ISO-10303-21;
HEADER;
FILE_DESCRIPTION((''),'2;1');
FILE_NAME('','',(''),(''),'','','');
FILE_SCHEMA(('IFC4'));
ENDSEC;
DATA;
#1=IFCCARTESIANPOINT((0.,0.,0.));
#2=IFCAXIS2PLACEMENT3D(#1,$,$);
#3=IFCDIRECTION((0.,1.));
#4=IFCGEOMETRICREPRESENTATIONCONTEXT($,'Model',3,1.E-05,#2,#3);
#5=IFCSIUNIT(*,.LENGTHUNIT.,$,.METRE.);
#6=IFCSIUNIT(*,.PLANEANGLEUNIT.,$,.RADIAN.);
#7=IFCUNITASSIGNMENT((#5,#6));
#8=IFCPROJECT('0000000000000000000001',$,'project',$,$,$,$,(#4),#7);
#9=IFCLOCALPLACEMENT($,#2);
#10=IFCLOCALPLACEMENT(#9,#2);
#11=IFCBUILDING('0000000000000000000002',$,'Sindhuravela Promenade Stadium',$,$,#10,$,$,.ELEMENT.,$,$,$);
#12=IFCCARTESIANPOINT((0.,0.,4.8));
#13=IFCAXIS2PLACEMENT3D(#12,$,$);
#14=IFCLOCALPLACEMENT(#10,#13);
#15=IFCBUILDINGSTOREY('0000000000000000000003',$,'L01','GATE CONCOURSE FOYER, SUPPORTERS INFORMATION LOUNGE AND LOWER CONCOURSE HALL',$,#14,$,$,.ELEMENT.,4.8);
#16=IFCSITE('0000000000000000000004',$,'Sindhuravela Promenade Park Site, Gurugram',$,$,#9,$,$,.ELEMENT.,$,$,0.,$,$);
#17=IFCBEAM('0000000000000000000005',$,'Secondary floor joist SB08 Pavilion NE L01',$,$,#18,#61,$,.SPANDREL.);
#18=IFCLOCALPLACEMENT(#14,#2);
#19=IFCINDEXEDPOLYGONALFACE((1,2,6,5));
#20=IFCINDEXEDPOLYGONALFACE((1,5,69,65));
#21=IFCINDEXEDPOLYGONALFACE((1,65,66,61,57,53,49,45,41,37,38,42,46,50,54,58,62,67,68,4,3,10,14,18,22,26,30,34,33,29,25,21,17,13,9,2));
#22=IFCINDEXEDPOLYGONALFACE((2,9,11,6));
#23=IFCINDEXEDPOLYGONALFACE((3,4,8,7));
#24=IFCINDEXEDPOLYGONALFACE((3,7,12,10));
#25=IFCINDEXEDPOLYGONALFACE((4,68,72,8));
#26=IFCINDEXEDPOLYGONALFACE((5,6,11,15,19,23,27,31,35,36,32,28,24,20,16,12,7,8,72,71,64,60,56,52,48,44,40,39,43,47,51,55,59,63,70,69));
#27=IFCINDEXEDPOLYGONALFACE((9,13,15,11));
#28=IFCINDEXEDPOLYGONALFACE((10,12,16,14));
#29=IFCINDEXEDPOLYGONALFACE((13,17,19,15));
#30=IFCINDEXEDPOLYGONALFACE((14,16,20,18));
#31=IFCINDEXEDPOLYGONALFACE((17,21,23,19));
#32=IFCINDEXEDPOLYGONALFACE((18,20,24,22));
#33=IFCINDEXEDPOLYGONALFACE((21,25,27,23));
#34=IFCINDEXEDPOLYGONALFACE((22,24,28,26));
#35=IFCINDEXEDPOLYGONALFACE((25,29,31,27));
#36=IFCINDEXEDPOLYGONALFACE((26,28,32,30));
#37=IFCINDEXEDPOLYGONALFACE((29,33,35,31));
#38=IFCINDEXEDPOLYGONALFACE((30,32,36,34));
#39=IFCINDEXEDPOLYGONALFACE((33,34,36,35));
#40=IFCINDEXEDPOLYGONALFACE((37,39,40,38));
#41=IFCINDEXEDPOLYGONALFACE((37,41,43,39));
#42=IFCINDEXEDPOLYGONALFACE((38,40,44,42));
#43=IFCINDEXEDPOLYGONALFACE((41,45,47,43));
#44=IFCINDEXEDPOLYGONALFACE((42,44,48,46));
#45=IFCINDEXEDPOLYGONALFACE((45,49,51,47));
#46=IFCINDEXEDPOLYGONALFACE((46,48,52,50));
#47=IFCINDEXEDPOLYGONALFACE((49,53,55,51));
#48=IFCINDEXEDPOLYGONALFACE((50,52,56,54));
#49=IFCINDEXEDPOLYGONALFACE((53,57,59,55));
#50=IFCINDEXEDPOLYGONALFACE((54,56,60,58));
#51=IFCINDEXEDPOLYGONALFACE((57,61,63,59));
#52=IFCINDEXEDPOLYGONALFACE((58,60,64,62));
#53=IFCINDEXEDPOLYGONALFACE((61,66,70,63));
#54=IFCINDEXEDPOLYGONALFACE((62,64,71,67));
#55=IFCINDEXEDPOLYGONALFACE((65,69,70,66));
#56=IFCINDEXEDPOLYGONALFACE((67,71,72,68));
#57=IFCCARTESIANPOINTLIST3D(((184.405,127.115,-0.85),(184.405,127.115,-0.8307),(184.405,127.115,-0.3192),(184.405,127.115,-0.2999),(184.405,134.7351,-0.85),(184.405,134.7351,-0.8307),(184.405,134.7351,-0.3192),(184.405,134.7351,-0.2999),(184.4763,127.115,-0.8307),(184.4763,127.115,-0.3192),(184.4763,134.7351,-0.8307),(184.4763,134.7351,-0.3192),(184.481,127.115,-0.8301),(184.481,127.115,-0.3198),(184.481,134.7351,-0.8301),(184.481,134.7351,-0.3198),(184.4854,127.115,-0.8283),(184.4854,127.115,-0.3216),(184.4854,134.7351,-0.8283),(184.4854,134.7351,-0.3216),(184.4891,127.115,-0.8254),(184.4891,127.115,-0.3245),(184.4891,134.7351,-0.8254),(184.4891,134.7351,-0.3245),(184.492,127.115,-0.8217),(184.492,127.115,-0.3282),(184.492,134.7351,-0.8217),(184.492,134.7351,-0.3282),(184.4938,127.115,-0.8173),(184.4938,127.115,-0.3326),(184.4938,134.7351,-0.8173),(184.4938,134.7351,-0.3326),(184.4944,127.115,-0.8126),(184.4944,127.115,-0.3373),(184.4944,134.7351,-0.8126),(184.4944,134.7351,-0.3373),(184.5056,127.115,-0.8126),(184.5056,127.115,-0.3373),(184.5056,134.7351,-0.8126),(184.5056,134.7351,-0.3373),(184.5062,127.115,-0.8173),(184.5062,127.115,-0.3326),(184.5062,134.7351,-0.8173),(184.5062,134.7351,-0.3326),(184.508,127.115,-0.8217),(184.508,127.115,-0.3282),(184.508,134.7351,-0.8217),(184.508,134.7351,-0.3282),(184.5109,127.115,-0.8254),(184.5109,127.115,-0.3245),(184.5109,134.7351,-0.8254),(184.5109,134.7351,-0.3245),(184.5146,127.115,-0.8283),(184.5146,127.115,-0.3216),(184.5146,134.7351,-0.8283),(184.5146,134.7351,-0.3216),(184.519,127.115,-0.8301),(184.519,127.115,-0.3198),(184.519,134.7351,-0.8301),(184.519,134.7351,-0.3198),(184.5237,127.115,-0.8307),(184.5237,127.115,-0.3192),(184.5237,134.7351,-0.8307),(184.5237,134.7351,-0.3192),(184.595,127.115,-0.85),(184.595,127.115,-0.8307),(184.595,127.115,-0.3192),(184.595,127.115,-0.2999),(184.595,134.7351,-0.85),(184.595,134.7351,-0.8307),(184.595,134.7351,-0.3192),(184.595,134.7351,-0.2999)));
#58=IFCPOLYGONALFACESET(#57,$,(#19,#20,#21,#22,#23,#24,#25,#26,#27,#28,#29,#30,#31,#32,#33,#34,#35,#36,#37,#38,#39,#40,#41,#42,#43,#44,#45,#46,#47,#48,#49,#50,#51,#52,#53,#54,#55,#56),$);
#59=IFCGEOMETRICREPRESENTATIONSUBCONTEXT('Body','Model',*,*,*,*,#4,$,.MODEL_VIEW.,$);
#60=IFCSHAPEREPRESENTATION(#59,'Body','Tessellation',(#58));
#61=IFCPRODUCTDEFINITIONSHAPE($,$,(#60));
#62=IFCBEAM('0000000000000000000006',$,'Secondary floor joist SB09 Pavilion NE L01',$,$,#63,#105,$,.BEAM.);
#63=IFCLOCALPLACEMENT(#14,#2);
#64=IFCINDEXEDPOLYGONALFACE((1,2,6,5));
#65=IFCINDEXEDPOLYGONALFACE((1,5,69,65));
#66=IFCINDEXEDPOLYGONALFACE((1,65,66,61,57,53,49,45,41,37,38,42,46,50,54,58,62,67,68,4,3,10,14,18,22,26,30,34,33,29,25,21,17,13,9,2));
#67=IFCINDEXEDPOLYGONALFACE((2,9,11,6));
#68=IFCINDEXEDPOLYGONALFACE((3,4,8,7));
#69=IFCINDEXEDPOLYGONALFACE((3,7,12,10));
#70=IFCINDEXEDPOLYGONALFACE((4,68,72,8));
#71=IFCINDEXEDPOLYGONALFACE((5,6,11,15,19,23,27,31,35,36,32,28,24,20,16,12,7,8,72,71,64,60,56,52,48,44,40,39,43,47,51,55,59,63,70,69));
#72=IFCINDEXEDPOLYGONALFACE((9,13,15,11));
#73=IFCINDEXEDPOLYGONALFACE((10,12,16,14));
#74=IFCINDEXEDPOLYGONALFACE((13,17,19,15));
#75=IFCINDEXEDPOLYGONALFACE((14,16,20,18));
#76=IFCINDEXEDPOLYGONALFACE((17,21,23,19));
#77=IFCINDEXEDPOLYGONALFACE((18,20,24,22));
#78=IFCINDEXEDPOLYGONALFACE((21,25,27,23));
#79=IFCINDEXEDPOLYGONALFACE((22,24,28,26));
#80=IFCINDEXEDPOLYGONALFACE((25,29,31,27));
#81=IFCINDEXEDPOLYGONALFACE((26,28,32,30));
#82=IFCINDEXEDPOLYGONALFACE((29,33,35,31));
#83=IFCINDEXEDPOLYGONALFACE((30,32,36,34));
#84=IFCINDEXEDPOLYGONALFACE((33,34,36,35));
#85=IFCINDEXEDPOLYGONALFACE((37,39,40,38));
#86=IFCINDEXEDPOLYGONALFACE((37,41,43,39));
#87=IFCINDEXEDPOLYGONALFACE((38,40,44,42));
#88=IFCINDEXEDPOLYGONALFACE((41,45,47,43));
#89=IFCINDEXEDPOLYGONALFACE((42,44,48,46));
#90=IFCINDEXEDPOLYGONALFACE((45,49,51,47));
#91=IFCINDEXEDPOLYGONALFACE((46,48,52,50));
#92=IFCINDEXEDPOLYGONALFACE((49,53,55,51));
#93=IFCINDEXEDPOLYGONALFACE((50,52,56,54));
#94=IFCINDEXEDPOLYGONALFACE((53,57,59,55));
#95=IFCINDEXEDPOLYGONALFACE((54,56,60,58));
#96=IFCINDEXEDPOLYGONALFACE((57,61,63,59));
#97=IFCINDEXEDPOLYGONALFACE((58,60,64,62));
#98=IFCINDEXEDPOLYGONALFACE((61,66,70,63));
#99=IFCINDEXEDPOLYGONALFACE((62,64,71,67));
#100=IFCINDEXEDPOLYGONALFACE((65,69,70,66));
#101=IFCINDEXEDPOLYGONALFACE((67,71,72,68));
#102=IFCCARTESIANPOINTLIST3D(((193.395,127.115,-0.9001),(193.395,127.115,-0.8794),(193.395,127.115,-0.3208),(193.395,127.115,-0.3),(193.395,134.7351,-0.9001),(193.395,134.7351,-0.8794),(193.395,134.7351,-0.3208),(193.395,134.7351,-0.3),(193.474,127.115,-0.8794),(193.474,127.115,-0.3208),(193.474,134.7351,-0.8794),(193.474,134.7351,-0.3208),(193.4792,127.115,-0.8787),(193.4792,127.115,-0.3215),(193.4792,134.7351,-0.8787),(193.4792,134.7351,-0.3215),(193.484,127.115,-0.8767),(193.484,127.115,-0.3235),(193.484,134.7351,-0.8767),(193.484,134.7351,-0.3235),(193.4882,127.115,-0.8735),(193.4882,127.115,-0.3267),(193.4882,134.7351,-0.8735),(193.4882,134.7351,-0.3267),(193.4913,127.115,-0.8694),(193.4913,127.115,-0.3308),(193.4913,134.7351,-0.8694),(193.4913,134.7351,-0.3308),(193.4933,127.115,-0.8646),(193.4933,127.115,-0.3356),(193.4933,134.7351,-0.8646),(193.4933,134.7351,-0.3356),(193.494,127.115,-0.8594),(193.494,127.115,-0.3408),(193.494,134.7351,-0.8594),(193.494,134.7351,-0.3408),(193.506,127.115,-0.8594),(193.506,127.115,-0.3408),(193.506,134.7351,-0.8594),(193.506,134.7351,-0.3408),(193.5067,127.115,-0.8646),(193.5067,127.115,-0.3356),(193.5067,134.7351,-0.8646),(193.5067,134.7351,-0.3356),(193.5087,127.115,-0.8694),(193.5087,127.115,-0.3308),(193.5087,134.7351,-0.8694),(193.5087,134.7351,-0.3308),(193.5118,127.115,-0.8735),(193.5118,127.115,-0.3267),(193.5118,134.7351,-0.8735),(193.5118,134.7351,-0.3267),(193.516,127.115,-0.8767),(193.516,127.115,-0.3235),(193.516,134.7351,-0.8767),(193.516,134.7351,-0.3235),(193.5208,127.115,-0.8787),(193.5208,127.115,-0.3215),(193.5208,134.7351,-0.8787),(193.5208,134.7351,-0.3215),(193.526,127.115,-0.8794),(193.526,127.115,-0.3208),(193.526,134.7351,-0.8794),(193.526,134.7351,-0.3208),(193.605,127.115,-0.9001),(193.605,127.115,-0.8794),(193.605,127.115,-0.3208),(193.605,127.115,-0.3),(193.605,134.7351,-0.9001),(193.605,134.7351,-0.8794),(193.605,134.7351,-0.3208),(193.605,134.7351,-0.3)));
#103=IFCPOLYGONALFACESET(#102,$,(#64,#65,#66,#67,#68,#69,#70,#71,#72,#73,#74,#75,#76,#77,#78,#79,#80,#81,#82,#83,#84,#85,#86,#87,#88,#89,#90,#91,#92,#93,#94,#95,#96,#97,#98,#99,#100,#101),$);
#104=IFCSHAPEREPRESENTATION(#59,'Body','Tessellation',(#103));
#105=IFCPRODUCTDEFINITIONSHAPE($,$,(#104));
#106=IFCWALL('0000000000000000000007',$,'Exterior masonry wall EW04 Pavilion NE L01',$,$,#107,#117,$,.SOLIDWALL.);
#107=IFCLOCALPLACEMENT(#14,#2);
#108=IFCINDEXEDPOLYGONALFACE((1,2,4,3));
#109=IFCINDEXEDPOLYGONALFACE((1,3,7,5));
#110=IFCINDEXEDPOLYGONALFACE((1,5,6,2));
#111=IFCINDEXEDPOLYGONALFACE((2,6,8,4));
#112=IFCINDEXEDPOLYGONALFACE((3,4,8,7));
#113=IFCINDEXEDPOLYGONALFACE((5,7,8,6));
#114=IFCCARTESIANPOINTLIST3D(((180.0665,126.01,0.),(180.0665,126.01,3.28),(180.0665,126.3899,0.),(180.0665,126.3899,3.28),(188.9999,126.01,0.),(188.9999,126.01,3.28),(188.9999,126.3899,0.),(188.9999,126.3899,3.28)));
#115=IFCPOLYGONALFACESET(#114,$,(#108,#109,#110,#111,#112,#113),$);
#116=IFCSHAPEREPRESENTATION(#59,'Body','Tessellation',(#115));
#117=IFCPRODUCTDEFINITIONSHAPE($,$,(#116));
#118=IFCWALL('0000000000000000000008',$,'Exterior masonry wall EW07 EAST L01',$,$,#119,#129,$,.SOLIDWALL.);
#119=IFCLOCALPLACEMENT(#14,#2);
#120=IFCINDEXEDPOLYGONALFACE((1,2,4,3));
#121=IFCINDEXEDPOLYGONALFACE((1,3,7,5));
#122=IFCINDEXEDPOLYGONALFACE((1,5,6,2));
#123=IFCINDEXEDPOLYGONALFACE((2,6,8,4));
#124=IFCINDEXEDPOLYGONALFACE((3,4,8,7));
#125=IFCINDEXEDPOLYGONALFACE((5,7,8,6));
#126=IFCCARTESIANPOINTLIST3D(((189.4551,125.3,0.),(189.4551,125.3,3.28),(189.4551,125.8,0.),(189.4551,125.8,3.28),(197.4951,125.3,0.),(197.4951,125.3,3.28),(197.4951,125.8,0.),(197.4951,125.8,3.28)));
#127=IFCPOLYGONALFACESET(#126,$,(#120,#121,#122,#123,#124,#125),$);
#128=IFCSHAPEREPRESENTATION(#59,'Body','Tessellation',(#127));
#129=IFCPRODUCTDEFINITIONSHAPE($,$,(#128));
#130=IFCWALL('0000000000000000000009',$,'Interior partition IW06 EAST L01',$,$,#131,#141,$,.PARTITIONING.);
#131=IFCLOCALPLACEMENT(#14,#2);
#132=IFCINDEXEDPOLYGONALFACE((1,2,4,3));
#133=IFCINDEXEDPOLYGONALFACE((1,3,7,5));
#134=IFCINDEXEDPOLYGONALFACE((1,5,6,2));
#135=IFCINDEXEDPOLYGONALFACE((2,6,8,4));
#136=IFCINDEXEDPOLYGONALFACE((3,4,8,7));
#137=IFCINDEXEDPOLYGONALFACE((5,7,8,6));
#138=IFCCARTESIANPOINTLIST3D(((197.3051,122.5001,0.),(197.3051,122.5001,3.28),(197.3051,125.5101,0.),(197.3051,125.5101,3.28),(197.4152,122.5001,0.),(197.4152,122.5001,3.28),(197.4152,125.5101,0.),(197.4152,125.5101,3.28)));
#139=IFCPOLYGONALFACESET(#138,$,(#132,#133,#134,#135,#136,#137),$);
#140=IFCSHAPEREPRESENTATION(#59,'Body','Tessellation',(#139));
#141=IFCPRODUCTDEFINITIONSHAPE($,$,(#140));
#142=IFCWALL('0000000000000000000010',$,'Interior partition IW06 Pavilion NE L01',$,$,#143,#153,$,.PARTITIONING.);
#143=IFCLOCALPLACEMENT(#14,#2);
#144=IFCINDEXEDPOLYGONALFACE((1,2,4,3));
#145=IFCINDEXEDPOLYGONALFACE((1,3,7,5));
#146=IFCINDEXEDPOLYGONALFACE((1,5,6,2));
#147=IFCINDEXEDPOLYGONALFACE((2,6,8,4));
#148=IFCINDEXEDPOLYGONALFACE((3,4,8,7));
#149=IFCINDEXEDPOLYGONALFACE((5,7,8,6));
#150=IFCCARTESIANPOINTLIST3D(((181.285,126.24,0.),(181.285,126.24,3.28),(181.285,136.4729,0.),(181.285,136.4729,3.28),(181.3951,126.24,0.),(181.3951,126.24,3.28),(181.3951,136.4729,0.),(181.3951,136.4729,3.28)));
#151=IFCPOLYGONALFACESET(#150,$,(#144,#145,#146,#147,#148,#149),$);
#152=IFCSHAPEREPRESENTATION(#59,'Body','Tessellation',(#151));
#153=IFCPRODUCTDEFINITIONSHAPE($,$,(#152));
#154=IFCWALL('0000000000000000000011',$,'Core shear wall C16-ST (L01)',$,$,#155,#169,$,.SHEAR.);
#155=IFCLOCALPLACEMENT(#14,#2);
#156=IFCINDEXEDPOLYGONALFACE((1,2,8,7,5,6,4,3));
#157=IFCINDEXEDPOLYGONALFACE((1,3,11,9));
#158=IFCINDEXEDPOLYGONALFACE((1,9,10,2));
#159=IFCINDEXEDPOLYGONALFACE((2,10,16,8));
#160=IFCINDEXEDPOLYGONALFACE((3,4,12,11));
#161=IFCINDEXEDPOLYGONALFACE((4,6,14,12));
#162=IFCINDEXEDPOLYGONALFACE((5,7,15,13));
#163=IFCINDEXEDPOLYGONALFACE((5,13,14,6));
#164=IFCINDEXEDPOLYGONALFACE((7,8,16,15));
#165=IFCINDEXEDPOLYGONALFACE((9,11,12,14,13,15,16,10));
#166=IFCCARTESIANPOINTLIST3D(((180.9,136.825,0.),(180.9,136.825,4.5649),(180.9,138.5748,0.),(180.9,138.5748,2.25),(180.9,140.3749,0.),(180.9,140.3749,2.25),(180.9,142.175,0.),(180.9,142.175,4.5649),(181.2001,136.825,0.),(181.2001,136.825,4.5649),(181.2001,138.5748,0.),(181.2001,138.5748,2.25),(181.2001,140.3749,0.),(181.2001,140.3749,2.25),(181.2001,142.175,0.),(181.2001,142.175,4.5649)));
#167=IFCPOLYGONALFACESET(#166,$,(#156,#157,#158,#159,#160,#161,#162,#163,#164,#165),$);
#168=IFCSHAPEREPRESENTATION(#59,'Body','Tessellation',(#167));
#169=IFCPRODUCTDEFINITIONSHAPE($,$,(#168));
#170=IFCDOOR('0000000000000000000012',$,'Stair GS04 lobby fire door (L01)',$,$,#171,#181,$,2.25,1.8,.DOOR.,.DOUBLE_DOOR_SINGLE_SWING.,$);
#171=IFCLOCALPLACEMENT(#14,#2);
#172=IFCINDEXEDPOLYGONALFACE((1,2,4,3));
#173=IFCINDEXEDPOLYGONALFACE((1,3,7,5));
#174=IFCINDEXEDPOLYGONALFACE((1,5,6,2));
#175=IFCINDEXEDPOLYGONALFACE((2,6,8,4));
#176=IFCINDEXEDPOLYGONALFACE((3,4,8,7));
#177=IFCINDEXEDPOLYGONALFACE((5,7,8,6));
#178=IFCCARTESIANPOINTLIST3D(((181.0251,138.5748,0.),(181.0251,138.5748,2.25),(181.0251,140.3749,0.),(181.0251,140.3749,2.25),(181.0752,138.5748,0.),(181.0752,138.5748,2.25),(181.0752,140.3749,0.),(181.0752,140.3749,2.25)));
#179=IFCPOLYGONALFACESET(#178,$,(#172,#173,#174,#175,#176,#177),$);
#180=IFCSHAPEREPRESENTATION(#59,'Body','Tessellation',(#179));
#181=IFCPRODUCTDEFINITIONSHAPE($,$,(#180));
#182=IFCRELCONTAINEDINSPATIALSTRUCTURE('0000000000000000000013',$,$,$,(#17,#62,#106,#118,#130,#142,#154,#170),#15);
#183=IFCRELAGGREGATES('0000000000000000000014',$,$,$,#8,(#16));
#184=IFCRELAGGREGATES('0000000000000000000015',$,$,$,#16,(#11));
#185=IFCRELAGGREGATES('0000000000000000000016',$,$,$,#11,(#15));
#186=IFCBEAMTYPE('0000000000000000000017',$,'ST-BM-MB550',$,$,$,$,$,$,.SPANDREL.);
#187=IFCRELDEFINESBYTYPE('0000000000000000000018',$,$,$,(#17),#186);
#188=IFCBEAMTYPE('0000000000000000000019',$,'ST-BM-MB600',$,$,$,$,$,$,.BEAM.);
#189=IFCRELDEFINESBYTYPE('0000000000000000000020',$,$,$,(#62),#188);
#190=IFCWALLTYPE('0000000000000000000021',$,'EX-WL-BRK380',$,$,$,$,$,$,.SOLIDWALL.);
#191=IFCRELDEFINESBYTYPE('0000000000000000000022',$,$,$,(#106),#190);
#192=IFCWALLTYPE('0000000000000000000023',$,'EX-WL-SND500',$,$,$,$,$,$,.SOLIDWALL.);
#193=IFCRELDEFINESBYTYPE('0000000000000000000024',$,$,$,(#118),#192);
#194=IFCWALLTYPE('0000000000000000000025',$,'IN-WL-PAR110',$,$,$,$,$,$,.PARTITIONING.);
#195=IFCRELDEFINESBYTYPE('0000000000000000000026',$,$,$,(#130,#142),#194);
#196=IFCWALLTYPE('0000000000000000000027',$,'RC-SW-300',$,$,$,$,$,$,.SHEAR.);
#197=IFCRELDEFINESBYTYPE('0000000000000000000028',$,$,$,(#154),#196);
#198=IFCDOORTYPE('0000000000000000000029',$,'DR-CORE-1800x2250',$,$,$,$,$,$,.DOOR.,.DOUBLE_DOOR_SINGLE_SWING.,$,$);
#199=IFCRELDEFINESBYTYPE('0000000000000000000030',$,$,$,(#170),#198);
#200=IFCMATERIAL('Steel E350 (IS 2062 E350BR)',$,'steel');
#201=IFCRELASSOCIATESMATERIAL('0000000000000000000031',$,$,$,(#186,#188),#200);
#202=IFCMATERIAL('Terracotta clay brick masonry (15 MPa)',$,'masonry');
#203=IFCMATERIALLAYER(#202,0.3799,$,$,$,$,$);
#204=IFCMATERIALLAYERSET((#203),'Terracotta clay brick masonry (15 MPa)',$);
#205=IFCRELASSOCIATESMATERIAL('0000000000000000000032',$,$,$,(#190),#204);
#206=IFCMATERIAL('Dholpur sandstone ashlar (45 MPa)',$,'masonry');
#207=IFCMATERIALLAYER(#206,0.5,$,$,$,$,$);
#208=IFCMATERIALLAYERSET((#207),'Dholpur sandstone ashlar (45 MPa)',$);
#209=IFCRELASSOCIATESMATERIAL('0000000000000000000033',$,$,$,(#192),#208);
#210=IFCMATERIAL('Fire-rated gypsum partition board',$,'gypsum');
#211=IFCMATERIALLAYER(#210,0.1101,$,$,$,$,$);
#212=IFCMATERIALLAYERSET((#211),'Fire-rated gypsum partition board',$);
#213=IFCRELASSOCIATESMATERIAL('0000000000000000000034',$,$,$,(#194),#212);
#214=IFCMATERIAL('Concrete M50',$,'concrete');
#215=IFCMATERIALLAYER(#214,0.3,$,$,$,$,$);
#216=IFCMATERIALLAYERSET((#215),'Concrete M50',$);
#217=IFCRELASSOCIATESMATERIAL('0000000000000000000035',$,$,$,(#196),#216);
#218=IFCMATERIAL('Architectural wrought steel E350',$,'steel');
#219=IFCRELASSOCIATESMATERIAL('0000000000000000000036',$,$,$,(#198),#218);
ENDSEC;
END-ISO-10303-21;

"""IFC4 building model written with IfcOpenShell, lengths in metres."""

from ifc_helpers import new_model, si_unit, direction, frame, frame_2d, origin, origin_2d, place, context, subcontext, project, spatial, rectangle, i_section, extrude, material, layer, layer_set, material_profile, profile_set, type_object, element, fill, save


model = new_model("IFC4")

# Units and contexts
model_context = context("Model", 3, precision=1e-05, world=origin(), true_north=direction((0.0, 1.0)))
body_context = subcontext(model_context, "Body", "Model", "MODEL_VIEW")
ifc_project = project(units=[si_unit("LENGTHUNIT", "METRE"), si_unit("PLANEANGLEUNIT", "RADIAN")], contexts=[model_context])

# Site, building, storey
site_placement = place(None, origin())
site = spatial("IfcSite", under=ifc_project, at=site_placement, Name="Sindhuravela Promenade Park Site, Gurugram", CompositionType="ELEMENT", RefElevation=0.0)
building_placement = place(site_placement, origin())
building = spatial("IfcBuilding", under=site, at=building_placement, Name="Sindhuravela Promenade Stadium", CompositionType="ELEMENT")
storey_placement = place(building_placement, frame((0.0, 0.0, 4.8)))
storey = spatial("IfcBuildingStorey", under=building, at=storey_placement, Name="L01", Description="GATE CONCOURSE FOYER, SUPPORTERS INFORMATION LOUNGE AND LOWER CONCOURSE HALL", CompositionType="ELEMENT", Elevation=4.8)

# Beams
ifc_material_1 = material(Name="Steel E350 (IS 2062 E350BR)", Category="steel")
ifc_material_profile_1 = material_profile(ifc_material_1, i_section(OverallWidth=0.1899, OverallDepth=0.55, WebThickness=0.0112, FlangeThickness=0.0193, FilletRadius=0.0181, at=origin_2d()), Name="ISMB 550")
ifc_profile_set_1 = profile_set([ifc_material_profile_1], Name="Steel E350 (IS 2062 E350BR)")
beam_type_1 = type_object("IfcBeamType", Name="ST-BM-MB550", PredefinedType="SPANDREL", material=ifc_profile_set_1)
beam_1_placement = place(storey_placement, frame((184.5, 127.115, -0.575), z_axis=(0.0, 1.0, 0.0), x_axis=(-1.0, 0.0, 0.0)))
element("IfcBeam", 1, at=beam_1_placement, inside=storey, type_object=beam_type_1, Name="Secondary floor joist SB08 Pavilion NE L01", PredefinedType="SPANDREL", context=body_context, shape_type="SweptSolid", body=[
    extrude(i_section(OverallWidth=0.1899, OverallDepth=0.55, WebThickness=0.0112, FlangeThickness=0.0193, FilletRadius=0.0181, at=origin_2d()), origin(), (0.0, 0.0, 1.0), 7.6201),
])
ifc_material_profile_2 = material_profile(ifc_material_1, i_section(OverallWidth=0.21, OverallDepth=0.6001, WebThickness=0.012, FlangeThickness=0.0208, FilletRadius=0.02, at=origin_2d()), Name="ISMB 600")
ifc_profile_set_2 = profile_set([ifc_material_profile_2], Name="Steel E350 (IS 2062 E350BR)")
beam_type_2 = type_object("IfcBeamType", Name="ST-BM-MB600", PredefinedType="BEAM", material=ifc_profile_set_2)
beam_2_placement = place(storey_placement, frame((193.5, 127.115, -0.6001), z_axis=(0.0, 1.0, 0.0), x_axis=(-1.0, 0.0, 0.0)))
element("IfcBeam", 2, at=beam_2_placement, inside=storey, type_object=beam_type_2, Name="Secondary floor joist SB09 Pavilion NE L01", PredefinedType="BEAM", context=body_context, shape_type="SweptSolid", body=[
    extrude(i_section(OverallWidth=0.21, OverallDepth=0.6001, WebThickness=0.012, FlangeThickness=0.0208, FilletRadius=0.02, at=origin_2d()), origin(), (0.0, 0.0, 1.0), 7.6201),
])

# Walls
ifc_material_2 = material(Name="Terracotta clay brick masonry (15 MPa)", Category="masonry")
ifc_layer_1 = layer(ifc_material_2, 0.3799)
ifc_layer_set_1 = layer_set([ifc_layer_1], Name="Terracotta clay brick masonry (15 MPa)")
wall_type_1 = type_object("IfcWallType", Name="EX-WL-BRK380", PredefinedType="SOLIDWALL", material=ifc_layer_set_1)
wall_1_placement = place(storey_placement, frame((189.0, 126.2, 0.0), z_axis=(0.0, 0.0, 1.0), x_axis=(-1.0, 0.0, 0.0)))
element("IfcWall", 3, at=wall_1_placement, inside=storey, type_object=wall_type_1, Name="Exterior masonry wall EW04 Pavilion NE L01", PredefinedType="SOLIDWALL", context=body_context, shape_type="SweptSolid", body=[
    extrude(rectangle(XDim=8.9333, YDim=0.3799, at=frame_2d((4.4668, 0.0))), origin(), (0.0, 0.0, 1.0), 3.28),
])
ifc_material_3 = material(Name="Dholpur sandstone ashlar (45 MPa)", Category="masonry")
ifc_layer_2 = layer(ifc_material_3, 0.5)
ifc_layer_set_2 = layer_set([ifc_layer_2], Name="Dholpur sandstone ashlar (45 MPa)")
wall_type_2 = type_object("IfcWallType", Name="EX-WL-SND500", PredefinedType="SOLIDWALL", material=ifc_layer_set_2)
wall_2_placement = place(storey_placement, frame((189.4551, 125.55, 0.0), z_axis=(0.0, 0.0, 1.0), x_axis=(1.0, 0.0, 0.0)))
element("IfcWall", 4, at=wall_2_placement, inside=storey, type_object=wall_type_2, Name="Exterior masonry wall EW07 EAST L01", PredefinedType="SOLIDWALL", context=body_context, shape_type="SweptSolid", body=[
    extrude(rectangle(XDim=8.04, YDim=0.5, at=frame_2d((4.02, 0.0))), origin(), (0.0, 0.0, 1.0), 3.28),
])
ifc_material_4 = material(Name="Fire-rated gypsum partition board", Category="gypsum")
ifc_layer_3 = layer(ifc_material_4, 0.1101)
ifc_layer_set_3 = layer_set([ifc_layer_3], Name="Fire-rated gypsum partition board")
wall_type_3 = type_object("IfcWallType", Name="IN-WL-PAR110", PredefinedType="PARTITIONING", material=ifc_layer_set_3)
wall_3_placement = place(storey_placement, frame((197.3601, 125.51, 0.0), z_axis=(0.0, 0.0, 1.0), x_axis=(0.0, -1.0, 0.0)))
element("IfcWall", 5, at=wall_3_placement, inside=storey, type_object=wall_type_3, Name="Interior partition IW06 EAST L01", PredefinedType="PARTITIONING", context=body_context, shape_type="SweptSolid", body=[
    extrude(rectangle(XDim=3.01, YDim=0.1101, at=frame_2d((1.5049, 0.0))), origin(), (0.0, 0.0, 1.0), 3.28),
])
wall_4_placement = place(storey_placement, frame((181.3401, 126.24, 0.0), z_axis=(0.0, 0.0, 1.0), x_axis=(0.0, 1.0, 0.0)))
element("IfcWall", 6, at=wall_4_placement, inside=storey, type_object=wall_type_3, Name="Interior partition IW06 Pavilion NE L01", PredefinedType="PARTITIONING", context=body_context, shape_type="SweptSolid", body=[
    extrude(rectangle(XDim=10.2329, YDim=0.1101, at=frame_2d((5.1165, 0.0))), origin(), (0.0, 0.0, 1.0), 3.28),
])

# Wall, opening, door
ifc_material_5 = material(Name="Concrete M50", Category="concrete")
ifc_layer_4 = layer(ifc_material_5, 0.3)
ifc_layer_set_4 = layer_set([ifc_layer_4], Name="Concrete M50")
wall_type_4 = type_object("IfcWallType", Name="RC-SW-300", PredefinedType="SHEAR", material=ifc_layer_set_4)
wall_5_placement = place(storey_placement, frame((181.05, 136.825, 0.0), z_axis=(0.0, 0.0, 1.0), x_axis=(0.0, 1.0, 0.0)))
wall_5 = element("IfcWall", 7, at=wall_5_placement, inside=storey, type_object=wall_type_4, Name="Core shear wall C16-ST (L01)", PredefinedType="SHEAR", context=body_context, shape_type="SweptSolid", body=[
    extrude(rectangle(XDim=5.3501, YDim=0.3, at=frame_2d((2.675, 0.0))), origin(), (0.0, 0.0, 1.0), 4.5649),
])
opening_1_placement = place(wall_5_placement, frame((1.75, 0.0, 0.0)))
opening_1 = element("IfcOpeningElement", 8, at=opening_1_placement, cuts=wall_5, PredefinedType="OPENING", context=body_context, shape_type="SweptSolid", body=[
    extrude(rectangle(XDim=1.8, YDim=2.25, at=frame_2d((0.8999, 1.125))), frame((0.0, 0.1599, 0.0), z_axis=(0.0, -1.0, 0.0), x_axis=(1.0, 0.0, 0.0)), (0.0, 0.0, 1.0), 0.3201),
])
ifc_material_6 = material(Name="Architectural wrought steel E350", Category="steel")
door_type_1 = type_object("IfcDoorType", Name="DR-CORE-1800x2250", OperationType="DOUBLE_DOOR_SINGLE_SWING", PredefinedType="DOOR", material=ifc_material_6)
door_1_placement = place(opening_1_placement, origin())
door_1 = element("IfcDoor", 9, at=door_1_placement, inside=storey, type_object=door_type_1, Name="Stair GS04 lobby fire door (L01)", OperationType="DOUBLE_DOOR_SINGLE_SWING", OverallHeight=2.25, OverallWidth=1.8, PredefinedType="DOOR", context=body_context, shape_type="SweptSolid", body=[
    extrude(rectangle(XDim=1.8, YDim=2.25, at=frame_2d((0.8999, 1.125))), frame((0.0, 0.0249, 0.0), z_axis=(0.0, -1.0, 0.0), x_axis=(1.0, 0.0, 0.0)), (0.0, 0.0, 1.0), 0.05),
])
fill(opening_1, door_1)

save(model, "model.ifc")
